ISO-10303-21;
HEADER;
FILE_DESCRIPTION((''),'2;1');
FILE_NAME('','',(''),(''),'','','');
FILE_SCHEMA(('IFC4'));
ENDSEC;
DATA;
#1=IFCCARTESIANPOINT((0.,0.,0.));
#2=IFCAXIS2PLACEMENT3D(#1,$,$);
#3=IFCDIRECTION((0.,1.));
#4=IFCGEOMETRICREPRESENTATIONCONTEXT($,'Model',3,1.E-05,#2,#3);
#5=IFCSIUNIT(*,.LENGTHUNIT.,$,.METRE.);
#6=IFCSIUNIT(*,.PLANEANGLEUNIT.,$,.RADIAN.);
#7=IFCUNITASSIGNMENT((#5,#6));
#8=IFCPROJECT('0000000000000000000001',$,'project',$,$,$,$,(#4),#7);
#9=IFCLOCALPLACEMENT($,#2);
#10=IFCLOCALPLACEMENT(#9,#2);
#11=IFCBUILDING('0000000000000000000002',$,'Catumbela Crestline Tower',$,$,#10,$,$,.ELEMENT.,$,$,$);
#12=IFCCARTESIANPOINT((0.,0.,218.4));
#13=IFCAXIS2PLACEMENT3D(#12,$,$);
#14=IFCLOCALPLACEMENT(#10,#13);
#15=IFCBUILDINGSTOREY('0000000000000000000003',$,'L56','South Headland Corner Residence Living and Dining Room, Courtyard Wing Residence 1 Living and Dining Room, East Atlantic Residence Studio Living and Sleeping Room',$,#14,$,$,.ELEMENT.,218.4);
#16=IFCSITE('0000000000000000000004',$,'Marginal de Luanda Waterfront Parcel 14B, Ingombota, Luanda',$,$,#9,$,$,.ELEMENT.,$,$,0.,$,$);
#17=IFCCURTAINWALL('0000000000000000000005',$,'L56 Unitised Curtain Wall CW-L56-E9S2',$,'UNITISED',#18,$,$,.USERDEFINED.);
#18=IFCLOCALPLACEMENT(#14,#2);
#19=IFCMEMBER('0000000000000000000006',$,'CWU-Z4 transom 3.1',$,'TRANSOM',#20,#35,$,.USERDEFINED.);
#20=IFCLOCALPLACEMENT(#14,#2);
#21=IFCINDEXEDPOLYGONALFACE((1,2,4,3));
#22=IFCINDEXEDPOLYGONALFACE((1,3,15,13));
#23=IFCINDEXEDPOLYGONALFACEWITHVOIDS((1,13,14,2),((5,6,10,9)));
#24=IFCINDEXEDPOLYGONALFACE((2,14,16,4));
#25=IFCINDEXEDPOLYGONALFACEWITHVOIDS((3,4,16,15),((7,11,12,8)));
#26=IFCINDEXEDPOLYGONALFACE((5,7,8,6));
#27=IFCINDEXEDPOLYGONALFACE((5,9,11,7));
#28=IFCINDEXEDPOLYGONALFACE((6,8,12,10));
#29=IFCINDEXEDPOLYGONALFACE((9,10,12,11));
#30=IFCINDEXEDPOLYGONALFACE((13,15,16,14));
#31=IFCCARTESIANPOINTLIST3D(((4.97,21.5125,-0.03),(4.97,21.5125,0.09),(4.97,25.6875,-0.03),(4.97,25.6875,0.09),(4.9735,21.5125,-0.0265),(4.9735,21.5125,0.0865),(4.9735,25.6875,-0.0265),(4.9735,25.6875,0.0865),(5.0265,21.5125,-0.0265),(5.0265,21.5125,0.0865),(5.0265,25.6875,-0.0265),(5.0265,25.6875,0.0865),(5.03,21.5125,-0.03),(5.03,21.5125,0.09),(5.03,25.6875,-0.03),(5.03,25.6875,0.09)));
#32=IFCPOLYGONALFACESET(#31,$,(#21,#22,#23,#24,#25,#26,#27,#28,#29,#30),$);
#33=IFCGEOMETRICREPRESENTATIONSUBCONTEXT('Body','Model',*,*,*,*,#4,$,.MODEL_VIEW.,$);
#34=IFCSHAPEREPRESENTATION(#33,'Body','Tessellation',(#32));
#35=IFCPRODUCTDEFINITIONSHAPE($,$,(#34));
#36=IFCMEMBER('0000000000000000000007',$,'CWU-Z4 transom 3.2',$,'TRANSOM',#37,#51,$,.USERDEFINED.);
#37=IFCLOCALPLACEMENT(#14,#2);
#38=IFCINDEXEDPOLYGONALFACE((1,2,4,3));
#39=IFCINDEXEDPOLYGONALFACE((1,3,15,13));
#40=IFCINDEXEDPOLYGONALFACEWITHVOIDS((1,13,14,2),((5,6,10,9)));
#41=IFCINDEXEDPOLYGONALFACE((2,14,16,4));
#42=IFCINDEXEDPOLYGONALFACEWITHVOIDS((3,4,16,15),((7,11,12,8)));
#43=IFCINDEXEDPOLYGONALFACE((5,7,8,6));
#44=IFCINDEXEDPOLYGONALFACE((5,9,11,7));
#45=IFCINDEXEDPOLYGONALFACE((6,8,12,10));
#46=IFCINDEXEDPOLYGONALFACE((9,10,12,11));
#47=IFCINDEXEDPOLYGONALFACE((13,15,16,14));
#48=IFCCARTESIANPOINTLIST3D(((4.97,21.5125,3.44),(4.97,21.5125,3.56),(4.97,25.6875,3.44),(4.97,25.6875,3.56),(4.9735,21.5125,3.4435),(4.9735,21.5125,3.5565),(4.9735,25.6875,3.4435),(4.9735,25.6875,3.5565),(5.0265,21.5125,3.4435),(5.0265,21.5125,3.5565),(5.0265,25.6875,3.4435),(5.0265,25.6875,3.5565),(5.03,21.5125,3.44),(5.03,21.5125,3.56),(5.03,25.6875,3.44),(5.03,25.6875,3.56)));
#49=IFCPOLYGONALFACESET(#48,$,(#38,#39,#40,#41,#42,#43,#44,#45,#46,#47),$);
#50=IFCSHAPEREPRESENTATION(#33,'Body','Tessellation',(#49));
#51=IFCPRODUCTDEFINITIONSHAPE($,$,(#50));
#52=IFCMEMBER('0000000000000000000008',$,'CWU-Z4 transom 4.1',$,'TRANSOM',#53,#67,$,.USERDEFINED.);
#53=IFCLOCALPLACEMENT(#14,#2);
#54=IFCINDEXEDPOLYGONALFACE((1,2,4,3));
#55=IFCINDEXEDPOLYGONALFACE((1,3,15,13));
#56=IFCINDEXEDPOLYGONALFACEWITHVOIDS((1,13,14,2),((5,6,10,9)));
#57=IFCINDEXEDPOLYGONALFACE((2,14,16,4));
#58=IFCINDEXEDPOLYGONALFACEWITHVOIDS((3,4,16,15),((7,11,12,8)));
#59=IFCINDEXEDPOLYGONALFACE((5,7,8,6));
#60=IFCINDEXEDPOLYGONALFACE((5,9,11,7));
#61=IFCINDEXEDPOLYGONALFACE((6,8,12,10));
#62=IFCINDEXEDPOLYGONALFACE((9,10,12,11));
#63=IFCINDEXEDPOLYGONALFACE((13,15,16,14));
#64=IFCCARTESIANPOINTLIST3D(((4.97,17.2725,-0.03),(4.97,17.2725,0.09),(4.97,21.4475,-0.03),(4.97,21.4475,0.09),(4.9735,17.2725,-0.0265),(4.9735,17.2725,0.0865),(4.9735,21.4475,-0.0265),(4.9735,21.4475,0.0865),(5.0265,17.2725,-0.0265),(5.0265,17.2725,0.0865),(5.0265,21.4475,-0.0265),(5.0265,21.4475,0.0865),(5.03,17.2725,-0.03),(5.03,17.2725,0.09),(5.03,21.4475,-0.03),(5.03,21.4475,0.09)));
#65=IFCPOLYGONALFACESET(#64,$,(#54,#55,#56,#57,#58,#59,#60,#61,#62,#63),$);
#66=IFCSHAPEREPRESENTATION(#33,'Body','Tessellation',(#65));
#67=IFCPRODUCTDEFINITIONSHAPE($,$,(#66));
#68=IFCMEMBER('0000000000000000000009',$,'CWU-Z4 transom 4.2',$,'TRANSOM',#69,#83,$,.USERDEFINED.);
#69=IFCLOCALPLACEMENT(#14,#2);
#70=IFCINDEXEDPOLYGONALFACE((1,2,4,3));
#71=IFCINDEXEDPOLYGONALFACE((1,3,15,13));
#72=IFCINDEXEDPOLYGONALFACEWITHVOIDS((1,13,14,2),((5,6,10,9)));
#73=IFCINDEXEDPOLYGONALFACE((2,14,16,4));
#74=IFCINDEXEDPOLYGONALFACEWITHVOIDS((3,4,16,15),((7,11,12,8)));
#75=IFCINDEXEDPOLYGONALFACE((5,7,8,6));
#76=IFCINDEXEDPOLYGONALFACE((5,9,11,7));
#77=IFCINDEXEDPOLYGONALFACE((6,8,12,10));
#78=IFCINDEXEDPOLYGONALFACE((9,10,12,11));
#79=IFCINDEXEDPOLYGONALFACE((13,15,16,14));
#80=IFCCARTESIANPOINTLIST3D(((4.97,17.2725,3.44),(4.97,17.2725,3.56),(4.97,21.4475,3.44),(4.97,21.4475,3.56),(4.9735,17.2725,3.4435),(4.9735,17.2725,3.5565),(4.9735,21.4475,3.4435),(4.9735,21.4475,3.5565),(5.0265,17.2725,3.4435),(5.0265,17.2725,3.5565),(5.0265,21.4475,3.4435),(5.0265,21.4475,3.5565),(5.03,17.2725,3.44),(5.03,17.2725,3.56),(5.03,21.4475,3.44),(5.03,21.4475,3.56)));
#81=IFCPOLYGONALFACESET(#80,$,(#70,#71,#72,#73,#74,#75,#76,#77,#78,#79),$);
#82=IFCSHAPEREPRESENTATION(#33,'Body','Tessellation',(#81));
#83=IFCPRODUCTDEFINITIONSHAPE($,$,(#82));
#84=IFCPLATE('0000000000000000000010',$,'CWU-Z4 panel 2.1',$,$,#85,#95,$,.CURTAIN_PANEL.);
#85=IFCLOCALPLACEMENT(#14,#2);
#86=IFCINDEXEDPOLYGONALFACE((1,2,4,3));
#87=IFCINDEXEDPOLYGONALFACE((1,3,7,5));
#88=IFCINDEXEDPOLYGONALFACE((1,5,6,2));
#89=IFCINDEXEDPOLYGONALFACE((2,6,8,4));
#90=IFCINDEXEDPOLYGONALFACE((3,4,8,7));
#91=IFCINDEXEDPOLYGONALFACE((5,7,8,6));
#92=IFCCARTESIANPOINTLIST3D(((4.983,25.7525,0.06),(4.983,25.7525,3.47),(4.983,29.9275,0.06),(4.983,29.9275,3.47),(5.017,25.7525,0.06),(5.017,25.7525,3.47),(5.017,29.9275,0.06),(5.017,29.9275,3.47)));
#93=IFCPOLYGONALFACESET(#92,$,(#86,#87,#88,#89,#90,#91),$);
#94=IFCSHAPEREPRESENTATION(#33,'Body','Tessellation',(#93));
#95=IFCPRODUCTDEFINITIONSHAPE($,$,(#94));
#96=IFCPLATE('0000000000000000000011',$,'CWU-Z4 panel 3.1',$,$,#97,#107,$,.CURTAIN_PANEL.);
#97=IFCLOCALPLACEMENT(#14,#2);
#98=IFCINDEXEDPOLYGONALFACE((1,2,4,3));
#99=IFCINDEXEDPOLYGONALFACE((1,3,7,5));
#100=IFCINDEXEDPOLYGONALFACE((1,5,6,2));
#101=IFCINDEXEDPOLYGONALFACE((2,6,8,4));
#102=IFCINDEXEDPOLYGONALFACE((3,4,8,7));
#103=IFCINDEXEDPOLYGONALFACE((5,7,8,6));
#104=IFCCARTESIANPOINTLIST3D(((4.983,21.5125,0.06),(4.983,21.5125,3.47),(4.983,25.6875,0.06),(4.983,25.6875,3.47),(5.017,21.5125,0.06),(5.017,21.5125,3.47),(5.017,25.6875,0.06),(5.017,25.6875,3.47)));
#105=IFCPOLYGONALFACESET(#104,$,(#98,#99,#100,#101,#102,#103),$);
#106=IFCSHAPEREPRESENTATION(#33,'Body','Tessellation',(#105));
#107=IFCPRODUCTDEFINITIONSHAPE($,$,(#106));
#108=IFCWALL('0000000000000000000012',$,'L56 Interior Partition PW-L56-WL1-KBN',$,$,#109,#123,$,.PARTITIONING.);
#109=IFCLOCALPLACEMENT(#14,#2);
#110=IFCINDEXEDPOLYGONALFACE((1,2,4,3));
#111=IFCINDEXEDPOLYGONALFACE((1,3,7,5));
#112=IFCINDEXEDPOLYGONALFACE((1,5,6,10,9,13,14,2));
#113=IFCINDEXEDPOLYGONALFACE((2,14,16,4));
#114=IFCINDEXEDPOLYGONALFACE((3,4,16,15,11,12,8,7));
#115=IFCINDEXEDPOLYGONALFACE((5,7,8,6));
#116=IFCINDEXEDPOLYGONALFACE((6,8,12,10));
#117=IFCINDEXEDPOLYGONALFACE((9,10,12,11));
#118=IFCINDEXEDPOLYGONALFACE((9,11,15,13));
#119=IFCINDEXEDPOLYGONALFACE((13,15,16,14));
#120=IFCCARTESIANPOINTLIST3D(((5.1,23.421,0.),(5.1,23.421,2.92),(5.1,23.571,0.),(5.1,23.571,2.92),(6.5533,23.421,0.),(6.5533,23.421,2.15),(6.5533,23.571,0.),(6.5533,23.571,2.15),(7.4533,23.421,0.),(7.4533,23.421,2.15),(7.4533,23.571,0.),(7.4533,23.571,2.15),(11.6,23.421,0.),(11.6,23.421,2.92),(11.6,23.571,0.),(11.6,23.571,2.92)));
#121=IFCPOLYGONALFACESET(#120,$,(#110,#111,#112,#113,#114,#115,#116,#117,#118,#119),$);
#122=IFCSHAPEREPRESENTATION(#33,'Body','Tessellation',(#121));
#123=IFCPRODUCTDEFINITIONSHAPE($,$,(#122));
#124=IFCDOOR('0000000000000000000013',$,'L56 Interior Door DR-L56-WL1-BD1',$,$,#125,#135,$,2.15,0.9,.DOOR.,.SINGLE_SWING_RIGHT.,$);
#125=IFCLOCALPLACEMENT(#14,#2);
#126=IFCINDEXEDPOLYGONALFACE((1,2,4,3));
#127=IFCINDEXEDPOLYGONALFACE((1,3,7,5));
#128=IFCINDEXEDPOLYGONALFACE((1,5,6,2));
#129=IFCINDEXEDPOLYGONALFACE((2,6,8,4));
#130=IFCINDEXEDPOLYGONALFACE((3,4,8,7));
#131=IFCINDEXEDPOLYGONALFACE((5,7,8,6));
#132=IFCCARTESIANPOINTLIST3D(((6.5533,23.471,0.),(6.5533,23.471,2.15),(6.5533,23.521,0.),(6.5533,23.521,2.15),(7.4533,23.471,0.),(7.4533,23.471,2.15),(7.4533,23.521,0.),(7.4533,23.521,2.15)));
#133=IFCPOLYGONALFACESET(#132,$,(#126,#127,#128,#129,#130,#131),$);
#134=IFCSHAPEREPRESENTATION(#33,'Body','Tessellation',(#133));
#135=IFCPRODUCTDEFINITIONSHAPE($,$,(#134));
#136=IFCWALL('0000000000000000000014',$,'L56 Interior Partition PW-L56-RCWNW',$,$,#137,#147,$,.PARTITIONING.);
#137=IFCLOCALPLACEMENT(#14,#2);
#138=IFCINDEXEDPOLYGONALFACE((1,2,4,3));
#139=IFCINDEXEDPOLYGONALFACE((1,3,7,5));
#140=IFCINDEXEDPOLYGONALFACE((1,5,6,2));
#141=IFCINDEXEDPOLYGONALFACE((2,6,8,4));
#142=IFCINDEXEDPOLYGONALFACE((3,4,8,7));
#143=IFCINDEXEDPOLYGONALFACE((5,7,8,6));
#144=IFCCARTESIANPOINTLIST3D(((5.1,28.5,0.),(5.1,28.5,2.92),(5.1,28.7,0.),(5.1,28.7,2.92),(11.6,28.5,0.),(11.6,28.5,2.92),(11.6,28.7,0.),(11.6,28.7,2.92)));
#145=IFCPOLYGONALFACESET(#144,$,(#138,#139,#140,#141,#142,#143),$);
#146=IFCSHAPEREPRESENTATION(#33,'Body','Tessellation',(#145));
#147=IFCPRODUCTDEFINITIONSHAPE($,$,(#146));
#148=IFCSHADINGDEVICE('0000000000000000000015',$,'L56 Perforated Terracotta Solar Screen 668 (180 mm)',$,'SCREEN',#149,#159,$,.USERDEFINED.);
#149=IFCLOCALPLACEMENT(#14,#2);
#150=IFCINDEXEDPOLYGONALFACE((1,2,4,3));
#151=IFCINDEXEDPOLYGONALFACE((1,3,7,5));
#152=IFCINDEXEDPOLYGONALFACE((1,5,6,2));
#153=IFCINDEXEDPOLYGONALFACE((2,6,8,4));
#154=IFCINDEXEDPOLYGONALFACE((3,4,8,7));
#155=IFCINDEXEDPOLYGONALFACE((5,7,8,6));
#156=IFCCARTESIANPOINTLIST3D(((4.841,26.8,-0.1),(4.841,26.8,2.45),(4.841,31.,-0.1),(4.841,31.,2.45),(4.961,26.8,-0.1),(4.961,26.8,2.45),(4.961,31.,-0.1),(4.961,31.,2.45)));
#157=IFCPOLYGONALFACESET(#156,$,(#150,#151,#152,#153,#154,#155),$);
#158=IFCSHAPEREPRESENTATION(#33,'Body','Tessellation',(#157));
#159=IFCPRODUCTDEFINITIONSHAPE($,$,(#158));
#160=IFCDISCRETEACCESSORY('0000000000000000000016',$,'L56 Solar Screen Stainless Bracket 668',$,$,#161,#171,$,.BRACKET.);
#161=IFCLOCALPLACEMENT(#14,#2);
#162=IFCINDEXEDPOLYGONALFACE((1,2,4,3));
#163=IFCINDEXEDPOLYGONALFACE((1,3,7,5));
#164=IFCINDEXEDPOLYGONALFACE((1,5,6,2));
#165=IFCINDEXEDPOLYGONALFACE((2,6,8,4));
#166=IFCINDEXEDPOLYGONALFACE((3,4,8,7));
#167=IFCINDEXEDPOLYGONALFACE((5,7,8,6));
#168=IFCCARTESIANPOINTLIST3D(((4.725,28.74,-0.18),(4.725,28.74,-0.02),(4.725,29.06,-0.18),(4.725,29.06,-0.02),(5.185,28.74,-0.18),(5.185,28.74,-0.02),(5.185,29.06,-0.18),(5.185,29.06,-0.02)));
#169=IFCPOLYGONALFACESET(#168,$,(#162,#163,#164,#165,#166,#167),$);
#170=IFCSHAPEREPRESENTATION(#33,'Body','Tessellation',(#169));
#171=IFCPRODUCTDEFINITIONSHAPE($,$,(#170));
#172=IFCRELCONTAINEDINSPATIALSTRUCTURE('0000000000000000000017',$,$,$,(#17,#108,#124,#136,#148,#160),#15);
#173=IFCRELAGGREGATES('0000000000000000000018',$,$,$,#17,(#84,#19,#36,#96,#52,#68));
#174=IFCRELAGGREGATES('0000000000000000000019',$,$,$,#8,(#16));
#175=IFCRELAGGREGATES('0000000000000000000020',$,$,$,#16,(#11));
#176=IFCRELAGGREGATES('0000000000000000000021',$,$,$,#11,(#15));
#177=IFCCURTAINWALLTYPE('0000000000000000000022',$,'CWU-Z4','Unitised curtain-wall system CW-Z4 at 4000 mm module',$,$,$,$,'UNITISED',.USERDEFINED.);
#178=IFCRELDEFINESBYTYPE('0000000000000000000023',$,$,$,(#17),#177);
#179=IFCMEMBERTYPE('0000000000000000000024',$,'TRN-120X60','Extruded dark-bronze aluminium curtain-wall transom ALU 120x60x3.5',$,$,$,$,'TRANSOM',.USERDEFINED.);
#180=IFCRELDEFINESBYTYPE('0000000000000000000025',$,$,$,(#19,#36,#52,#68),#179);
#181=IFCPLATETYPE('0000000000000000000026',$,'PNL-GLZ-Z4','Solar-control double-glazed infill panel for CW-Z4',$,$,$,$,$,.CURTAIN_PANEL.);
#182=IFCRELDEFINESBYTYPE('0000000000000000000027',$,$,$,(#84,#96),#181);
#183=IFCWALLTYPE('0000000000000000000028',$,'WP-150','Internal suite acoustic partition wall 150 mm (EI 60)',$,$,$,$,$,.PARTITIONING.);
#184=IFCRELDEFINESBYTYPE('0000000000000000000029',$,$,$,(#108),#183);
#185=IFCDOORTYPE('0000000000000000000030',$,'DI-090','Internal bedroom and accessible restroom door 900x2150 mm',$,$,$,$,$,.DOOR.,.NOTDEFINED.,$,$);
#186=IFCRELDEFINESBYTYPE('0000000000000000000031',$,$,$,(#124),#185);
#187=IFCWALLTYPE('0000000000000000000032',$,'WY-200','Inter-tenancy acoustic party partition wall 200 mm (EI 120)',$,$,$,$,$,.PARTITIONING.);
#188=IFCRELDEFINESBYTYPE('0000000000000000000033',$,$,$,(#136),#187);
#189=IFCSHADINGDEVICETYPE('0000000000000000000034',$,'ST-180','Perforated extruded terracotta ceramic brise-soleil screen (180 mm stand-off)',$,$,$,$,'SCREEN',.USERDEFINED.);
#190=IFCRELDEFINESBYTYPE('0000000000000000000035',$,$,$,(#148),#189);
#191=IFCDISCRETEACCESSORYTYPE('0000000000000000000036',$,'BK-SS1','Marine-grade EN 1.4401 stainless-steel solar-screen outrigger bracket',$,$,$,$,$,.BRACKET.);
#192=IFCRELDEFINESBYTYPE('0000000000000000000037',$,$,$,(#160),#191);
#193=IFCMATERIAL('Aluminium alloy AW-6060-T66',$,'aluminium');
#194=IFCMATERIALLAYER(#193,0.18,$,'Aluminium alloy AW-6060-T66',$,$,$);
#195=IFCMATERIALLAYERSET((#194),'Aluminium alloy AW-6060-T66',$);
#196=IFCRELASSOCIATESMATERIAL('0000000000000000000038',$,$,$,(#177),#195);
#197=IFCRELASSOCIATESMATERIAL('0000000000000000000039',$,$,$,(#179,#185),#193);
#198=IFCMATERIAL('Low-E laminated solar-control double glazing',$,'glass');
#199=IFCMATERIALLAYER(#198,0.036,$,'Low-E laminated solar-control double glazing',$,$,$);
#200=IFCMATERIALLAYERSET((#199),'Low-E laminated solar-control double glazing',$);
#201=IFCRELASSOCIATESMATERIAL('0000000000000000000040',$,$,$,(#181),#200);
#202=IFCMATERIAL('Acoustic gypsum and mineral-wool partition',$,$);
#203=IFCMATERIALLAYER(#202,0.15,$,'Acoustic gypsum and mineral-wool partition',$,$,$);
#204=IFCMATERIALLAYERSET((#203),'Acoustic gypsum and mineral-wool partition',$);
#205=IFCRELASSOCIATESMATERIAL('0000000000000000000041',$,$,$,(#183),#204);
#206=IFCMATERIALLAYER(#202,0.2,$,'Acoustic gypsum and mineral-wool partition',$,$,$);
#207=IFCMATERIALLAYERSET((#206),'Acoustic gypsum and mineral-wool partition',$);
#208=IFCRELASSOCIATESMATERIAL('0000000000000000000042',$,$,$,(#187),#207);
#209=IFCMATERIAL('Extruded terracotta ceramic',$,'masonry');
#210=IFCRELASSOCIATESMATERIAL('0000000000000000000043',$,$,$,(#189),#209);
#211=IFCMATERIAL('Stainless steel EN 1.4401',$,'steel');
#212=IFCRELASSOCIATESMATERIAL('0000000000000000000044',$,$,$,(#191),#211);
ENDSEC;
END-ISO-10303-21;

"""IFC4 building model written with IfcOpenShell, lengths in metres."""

from ifc_helpers import new_model, si_unit, direction, frame, frame_2d, origin, origin_2d, place, context, subcontext, project, spatial, rectangle, hollow_rectangle, extrude, material, layer, layer_set, material_profile, profile_set, type_object, element, fill, aggregate, save


model = new_model("IFC4")

# Units and contexts
model_context = context("Model", 3, precision=1e-05, world=origin(), true_north=direction((0.0, 1.0)))
body_context = subcontext(model_context, "Body", "Model", "MODEL_VIEW")
ifc_project = project(units=[si_unit("LENGTHUNIT", "METRE"), si_unit("PLANEANGLEUNIT", "RADIAN")], contexts=[model_context])

# Site, building, storey
site_placement = place(None, origin())
site = spatial("IfcSite", under=ifc_project, at=site_placement, Name="Marginal de Luanda Waterfront Parcel 14B, Ingombota, Luanda", CompositionType="ELEMENT", RefElevation=0.0)
building_placement = place(site_placement, origin())
building = spatial("IfcBuilding", under=site, at=building_placement, Name="Catumbela Crestline Tower", CompositionType="ELEMENT")
storey_placement = place(building_placement, frame((0.0, 0.0, 218.4)))
storey = spatial("IfcBuildingStorey", under=building, at=storey_placement, Name="L56", Description="South Headland Corner Residence Living and Dining Room, Courtyard Wing Residence 1 Living and Dining Room, East Atlantic Residence Studio Living and Sleeping Room", CompositionType="ELEMENT", Elevation=218.4)

# Curtain wall
ifc_material_1 = material(Name="Aluminium alloy AW-6060-T66", Category="aluminium")
ifc_layer_1 = layer(ifc_material_1, 0.18, Name="Aluminium alloy AW-6060-T66")
ifc_layer_set_1 = layer_set([ifc_layer_1], Name="Aluminium alloy AW-6060-T66")
curtain_wall_type = type_object("IfcCurtainWallType", Name="CWU-Z4", Description="Unitised curtain-wall system CW-Z4 at 4000 mm module", ElementType="UNITISED", PredefinedType="USERDEFINED", material=ifc_layer_set_1)
curtain_wall_placement = place(storey_placement, origin())
curtain_wall = element("IfcCurtainWall", 1, at=curtain_wall_placement, inside=storey, type_object=curtain_wall_type, Name="L56 Unitised Curtain Wall CW-L56-E9S2", ObjectType="UNITISED", PredefinedType="USERDEFINED")

# Members
ifc_material_profile_1 = material_profile(ifc_material_1, hollow_rectangle(XDim=0.06, YDim=0.12, WallThickness=0.0035, at=origin_2d()), Name="ALU 120x60x3.5")
ifc_profile_set_1 = profile_set([ifc_material_profile_1], Name="Aluminium alloy AW-6060-T66")
member_type_1 = type_object("IfcMemberType", Name="TRN-120X60", Description="Extruded dark-bronze aluminium curtain-wall transom ALU 120x60x3.5", ElementType="TRANSOM", PredefinedType="USERDEFINED", material=ifc_profile_set_1)
member_1_placement = place(storey_placement, frame((5.0, 25.6875, 0.03), z_axis=(0.0, -1.0, 0.0), x_axis=(1.0, 0.0, 0.0)))
member_1 = element("IfcMember", 2, at=member_1_placement, type_object=member_type_1, Name="CWU-Z4 transom 3.1", ObjectType="TRANSOM", PredefinedType="USERDEFINED", context=body_context, shape_type="SweptSolid", body=[
    extrude(hollow_rectangle(XDim=0.06, YDim=0.12, WallThickness=0.0035, at=origin_2d()), origin(), (0.0, 0.0, 1.0), 4.175),
])
member_2_placement = place(storey_placement, frame((5.0, 25.6875, 3.5), z_axis=(0.0, -1.0, 0.0), x_axis=(1.0, 0.0, 0.0)))
member_2 = element("IfcMember", 3, at=member_2_placement, type_object=member_type_1, Name="CWU-Z4 transom 3.2", ObjectType="TRANSOM", PredefinedType="USERDEFINED", context=body_context, shape_type="SweptSolid", body=[
    extrude(hollow_rectangle(XDim=0.06, YDim=0.12, WallThickness=0.0035, at=origin_2d()), origin(), (0.0, 0.0, 1.0), 4.175),
])
member_3_placement = place(storey_placement, frame((5.0, 21.4475, 0.03), z_axis=(0.0, -1.0, 0.0), x_axis=(1.0, 0.0, 0.0)))
member_3 = element("IfcMember", 4, at=member_3_placement, type_object=member_type_1, Name="CWU-Z4 transom 4.1", ObjectType="TRANSOM", PredefinedType="USERDEFINED", context=body_context, shape_type="SweptSolid", body=[
    extrude(hollow_rectangle(XDim=0.06, YDim=0.12, WallThickness=0.0035, at=origin_2d()), origin(), (0.0, 0.0, 1.0), 4.175),
])
member_4_placement = place(storey_placement, frame((5.0, 21.4475, 3.5), z_axis=(0.0, -1.0, 0.0), x_axis=(1.0, 0.0, 0.0)))
member_4 = element("IfcMember", 5, at=member_4_placement, type_object=member_type_1, Name="CWU-Z4 transom 4.2", ObjectType="TRANSOM", PredefinedType="USERDEFINED", context=body_context, shape_type="SweptSolid", body=[
    extrude(hollow_rectangle(XDim=0.06, YDim=0.12, WallThickness=0.0035, at=origin_2d()), origin(), (0.0, 0.0, 1.0), 4.175),
])

# Plates
ifc_material_2 = material(Name="Low-E laminated solar-control double glazing", Category="glass")
ifc_layer_2 = layer(ifc_material_2, 0.036, Name="Low-E laminated solar-control double glazing")
ifc_layer_set_2 = layer_set([ifc_layer_2], Name="Low-E laminated solar-control double glazing")
plate_type = type_object("IfcPlateType", Name="PNL-GLZ-Z4", Description="Solar-control double-glazed infill panel for CW-Z4", PredefinedType="CURTAIN_PANEL", material=ifc_layer_set_2)
plate_1_placement = place(storey_placement, frame((5.0, 27.84, 0.06), z_axis=(0.0, 0.0, 1.0), x_axis=(0.0, -1.0, 0.0)))
plate_1 = element("IfcPlate", 6, at=plate_1_placement, type_object=plate_type, Name="CWU-Z4 panel 2.1", PredefinedType="CURTAIN_PANEL", context=body_context, shape_type="SweptSolid", body=[
    extrude(rectangle(XDim=4.175, YDim=0.034, at=origin_2d()), origin(), (0.0, 0.0, 1.0), 3.41),
])
plate_2_placement = place(storey_placement, frame((5.0, 23.6, 0.06), z_axis=(0.0, 0.0, 1.0), x_axis=(0.0, -1.0, 0.0)))
plate_2 = element("IfcPlate", 7, at=plate_2_placement, type_object=plate_type, Name="CWU-Z4 panel 3.1", PredefinedType="CURTAIN_PANEL", context=body_context, shape_type="SweptSolid", body=[
    extrude(rectangle(XDim=4.175, YDim=0.034, at=origin_2d()), origin(), (0.0, 0.0, 1.0), 3.41),
])
aggregate(curtain_wall, [plate_1, member_1, member_2, plate_2, member_3, member_4])

# Wall, opening, door
ifc_material_3 = material(Name="Acoustic gypsum and mineral-wool partition")
ifc_layer_3 = layer(ifc_material_3, 0.15, Name="Acoustic gypsum and mineral-wool partition")
ifc_layer_set_3 = layer_set([ifc_layer_3], Name="Acoustic gypsum and mineral-wool partition")
wall_type_1 = type_object("IfcWallType", Name="WP-150", Description="Internal suite acoustic partition wall 150 mm (EI 60)", PredefinedType="PARTITIONING", material=ifc_layer_set_3)
wall_1_placement = place(storey_placement, frame((5.1, 23.496, 0.0), z_axis=(0.0, 0.0, 1.0), x_axis=(1.0, 0.0, 0.0)))
wall_1 = element("IfcWall", 8, at=wall_1_placement, inside=storey, type_object=wall_type_1, Name="L56 Interior Partition PW-L56-WL1-KBN", PredefinedType="PARTITIONING", context=body_context, shape_type="SweptSolid", body=[
    extrude(rectangle(XDim=6.5, YDim=0.15, at=frame_2d((3.25, 0.0))), origin(), (0.0, 0.0, 1.0), 2.92),
])
opening_placement = place(wall_1_placement, frame((1.4533, 0.0, 0.0)))
opening = element("IfcOpeningElement", 9, at=opening_placement, cuts=wall_1, PredefinedType="OPENING", context=body_context, shape_type="SweptSolid", body=[
    extrude(rectangle(XDim=0.9, YDim=2.15, at=frame_2d((0.45, 1.075))), frame((0.0, 0.085, 0.0), z_axis=(0.0, -1.0, 0.0), x_axis=(1.0, 0.0, 0.0)), (0.0, 0.0, 1.0), 0.17),
])
door_type = type_object("IfcDoorType", Name="DI-090", Description="Internal bedroom and accessible restroom door 900x2150 mm", OperationType="NOTDEFINED", PredefinedType="DOOR", material=ifc_material_1)
door_placement = place(opening_placement, origin())
door = element("IfcDoor", 10, at=door_placement, inside=storey, type_object=door_type, Name="L56 Interior Door DR-L56-WL1-BD1", OperationType="SINGLE_SWING_RIGHT", OverallHeight=2.15, OverallWidth=0.9, PredefinedType="DOOR", context=body_context, shape_type="SweptSolid", body=[
    extrude(rectangle(XDim=0.9, YDim=2.15, at=frame_2d((0.45, 1.075))), frame((0.0, 0.025, 0.0), z_axis=(0.0, -1.0, 0.0), x_axis=(1.0, 0.0, 0.0)), (0.0, 0.0, 1.0), 0.05),
])
fill(opening, door)

# Wall
ifc_layer_4 = layer(ifc_material_3, 0.2, Name="Acoustic gypsum and mineral-wool partition")
ifc_layer_set_4 = layer_set([ifc_layer_4], Name="Acoustic gypsum and mineral-wool partition")
wall_type_2 = type_object("IfcWallType", Name="WY-200", Description="Inter-tenancy acoustic party partition wall 200 mm (EI 120)", PredefinedType="PARTITIONING", material=ifc_layer_set_4)
wall_2_placement = place(storey_placement, frame((5.1, 28.6, 0.0), z_axis=(0.0, 0.0, 1.0), x_axis=(1.0, 0.0, 0.0)))
element("IfcWall", 11, at=wall_2_placement, inside=storey, type_object=wall_type_2, Name="L56 Interior Partition PW-L56-RCWNW", PredefinedType="PARTITIONING", context=body_context, shape_type="SweptSolid", body=[
    extrude(rectangle(XDim=6.5, YDim=0.2, at=frame_2d((3.25, 0.0))), origin(), (0.0, 0.0, 1.0), 2.92),
])

# Shading device
ifc_material_4 = material(Name="Extruded terracotta ceramic", Category="masonry")
shading_device_type = type_object("IfcShadingDeviceType", Name="ST-180", Description="Perforated extruded terracotta ceramic brise-soleil screen (180 mm stand-off)", ElementType="SCREEN", PredefinedType="USERDEFINED", material=ifc_material_4)
shading_device_placement = place(storey_placement, frame((4.901, 28.9, -0.1), z_axis=(0.0, 0.0, 1.0), x_axis=(0.0, -1.0, 0.0)))
element("IfcShadingDevice", 12, at=shading_device_placement, inside=storey, type_object=shading_device_type, Name="L56 Perforated Terracotta Solar Screen 668 (180 mm)", ObjectType="SCREEN", PredefinedType="USERDEFINED", context=body_context, shape_type="SweptSolid", body=[
    extrude(rectangle(XDim=4.2, YDim=0.12, at=origin_2d()), origin(), (0.0, 0.0, 1.0), 2.55),
])

# Discrete accessory
ifc_material_5 = material(Name="Stainless steel EN 1.4401", Category="steel")
discrete_accessory_type = type_object("IfcDiscreteAccessoryType", Name="BK-SS1", Description="Marine-grade EN 1.4401 stainless-steel solar-screen outrigger bracket", PredefinedType="BRACKET", material=ifc_material_5)
discrete_accessory_placement = place(storey_placement, frame((4.955, 28.9, -0.18), z_axis=(0.0, 0.0, 1.0), x_axis=(0.0, -1.0, 0.0)))
element("IfcDiscreteAccessory", 13, at=discrete_accessory_placement, inside=storey, type_object=discrete_accessory_type, Name="L56 Solar Screen Stainless Bracket 668", PredefinedType="BRACKET", context=body_context, shape_type="SweptSolid", body=[
    extrude(rectangle(XDim=0.32, YDim=0.46, at=origin_2d()), origin(), (0.0, 0.0, 1.0), 0.16),
])

save(model, "model.ifc")
